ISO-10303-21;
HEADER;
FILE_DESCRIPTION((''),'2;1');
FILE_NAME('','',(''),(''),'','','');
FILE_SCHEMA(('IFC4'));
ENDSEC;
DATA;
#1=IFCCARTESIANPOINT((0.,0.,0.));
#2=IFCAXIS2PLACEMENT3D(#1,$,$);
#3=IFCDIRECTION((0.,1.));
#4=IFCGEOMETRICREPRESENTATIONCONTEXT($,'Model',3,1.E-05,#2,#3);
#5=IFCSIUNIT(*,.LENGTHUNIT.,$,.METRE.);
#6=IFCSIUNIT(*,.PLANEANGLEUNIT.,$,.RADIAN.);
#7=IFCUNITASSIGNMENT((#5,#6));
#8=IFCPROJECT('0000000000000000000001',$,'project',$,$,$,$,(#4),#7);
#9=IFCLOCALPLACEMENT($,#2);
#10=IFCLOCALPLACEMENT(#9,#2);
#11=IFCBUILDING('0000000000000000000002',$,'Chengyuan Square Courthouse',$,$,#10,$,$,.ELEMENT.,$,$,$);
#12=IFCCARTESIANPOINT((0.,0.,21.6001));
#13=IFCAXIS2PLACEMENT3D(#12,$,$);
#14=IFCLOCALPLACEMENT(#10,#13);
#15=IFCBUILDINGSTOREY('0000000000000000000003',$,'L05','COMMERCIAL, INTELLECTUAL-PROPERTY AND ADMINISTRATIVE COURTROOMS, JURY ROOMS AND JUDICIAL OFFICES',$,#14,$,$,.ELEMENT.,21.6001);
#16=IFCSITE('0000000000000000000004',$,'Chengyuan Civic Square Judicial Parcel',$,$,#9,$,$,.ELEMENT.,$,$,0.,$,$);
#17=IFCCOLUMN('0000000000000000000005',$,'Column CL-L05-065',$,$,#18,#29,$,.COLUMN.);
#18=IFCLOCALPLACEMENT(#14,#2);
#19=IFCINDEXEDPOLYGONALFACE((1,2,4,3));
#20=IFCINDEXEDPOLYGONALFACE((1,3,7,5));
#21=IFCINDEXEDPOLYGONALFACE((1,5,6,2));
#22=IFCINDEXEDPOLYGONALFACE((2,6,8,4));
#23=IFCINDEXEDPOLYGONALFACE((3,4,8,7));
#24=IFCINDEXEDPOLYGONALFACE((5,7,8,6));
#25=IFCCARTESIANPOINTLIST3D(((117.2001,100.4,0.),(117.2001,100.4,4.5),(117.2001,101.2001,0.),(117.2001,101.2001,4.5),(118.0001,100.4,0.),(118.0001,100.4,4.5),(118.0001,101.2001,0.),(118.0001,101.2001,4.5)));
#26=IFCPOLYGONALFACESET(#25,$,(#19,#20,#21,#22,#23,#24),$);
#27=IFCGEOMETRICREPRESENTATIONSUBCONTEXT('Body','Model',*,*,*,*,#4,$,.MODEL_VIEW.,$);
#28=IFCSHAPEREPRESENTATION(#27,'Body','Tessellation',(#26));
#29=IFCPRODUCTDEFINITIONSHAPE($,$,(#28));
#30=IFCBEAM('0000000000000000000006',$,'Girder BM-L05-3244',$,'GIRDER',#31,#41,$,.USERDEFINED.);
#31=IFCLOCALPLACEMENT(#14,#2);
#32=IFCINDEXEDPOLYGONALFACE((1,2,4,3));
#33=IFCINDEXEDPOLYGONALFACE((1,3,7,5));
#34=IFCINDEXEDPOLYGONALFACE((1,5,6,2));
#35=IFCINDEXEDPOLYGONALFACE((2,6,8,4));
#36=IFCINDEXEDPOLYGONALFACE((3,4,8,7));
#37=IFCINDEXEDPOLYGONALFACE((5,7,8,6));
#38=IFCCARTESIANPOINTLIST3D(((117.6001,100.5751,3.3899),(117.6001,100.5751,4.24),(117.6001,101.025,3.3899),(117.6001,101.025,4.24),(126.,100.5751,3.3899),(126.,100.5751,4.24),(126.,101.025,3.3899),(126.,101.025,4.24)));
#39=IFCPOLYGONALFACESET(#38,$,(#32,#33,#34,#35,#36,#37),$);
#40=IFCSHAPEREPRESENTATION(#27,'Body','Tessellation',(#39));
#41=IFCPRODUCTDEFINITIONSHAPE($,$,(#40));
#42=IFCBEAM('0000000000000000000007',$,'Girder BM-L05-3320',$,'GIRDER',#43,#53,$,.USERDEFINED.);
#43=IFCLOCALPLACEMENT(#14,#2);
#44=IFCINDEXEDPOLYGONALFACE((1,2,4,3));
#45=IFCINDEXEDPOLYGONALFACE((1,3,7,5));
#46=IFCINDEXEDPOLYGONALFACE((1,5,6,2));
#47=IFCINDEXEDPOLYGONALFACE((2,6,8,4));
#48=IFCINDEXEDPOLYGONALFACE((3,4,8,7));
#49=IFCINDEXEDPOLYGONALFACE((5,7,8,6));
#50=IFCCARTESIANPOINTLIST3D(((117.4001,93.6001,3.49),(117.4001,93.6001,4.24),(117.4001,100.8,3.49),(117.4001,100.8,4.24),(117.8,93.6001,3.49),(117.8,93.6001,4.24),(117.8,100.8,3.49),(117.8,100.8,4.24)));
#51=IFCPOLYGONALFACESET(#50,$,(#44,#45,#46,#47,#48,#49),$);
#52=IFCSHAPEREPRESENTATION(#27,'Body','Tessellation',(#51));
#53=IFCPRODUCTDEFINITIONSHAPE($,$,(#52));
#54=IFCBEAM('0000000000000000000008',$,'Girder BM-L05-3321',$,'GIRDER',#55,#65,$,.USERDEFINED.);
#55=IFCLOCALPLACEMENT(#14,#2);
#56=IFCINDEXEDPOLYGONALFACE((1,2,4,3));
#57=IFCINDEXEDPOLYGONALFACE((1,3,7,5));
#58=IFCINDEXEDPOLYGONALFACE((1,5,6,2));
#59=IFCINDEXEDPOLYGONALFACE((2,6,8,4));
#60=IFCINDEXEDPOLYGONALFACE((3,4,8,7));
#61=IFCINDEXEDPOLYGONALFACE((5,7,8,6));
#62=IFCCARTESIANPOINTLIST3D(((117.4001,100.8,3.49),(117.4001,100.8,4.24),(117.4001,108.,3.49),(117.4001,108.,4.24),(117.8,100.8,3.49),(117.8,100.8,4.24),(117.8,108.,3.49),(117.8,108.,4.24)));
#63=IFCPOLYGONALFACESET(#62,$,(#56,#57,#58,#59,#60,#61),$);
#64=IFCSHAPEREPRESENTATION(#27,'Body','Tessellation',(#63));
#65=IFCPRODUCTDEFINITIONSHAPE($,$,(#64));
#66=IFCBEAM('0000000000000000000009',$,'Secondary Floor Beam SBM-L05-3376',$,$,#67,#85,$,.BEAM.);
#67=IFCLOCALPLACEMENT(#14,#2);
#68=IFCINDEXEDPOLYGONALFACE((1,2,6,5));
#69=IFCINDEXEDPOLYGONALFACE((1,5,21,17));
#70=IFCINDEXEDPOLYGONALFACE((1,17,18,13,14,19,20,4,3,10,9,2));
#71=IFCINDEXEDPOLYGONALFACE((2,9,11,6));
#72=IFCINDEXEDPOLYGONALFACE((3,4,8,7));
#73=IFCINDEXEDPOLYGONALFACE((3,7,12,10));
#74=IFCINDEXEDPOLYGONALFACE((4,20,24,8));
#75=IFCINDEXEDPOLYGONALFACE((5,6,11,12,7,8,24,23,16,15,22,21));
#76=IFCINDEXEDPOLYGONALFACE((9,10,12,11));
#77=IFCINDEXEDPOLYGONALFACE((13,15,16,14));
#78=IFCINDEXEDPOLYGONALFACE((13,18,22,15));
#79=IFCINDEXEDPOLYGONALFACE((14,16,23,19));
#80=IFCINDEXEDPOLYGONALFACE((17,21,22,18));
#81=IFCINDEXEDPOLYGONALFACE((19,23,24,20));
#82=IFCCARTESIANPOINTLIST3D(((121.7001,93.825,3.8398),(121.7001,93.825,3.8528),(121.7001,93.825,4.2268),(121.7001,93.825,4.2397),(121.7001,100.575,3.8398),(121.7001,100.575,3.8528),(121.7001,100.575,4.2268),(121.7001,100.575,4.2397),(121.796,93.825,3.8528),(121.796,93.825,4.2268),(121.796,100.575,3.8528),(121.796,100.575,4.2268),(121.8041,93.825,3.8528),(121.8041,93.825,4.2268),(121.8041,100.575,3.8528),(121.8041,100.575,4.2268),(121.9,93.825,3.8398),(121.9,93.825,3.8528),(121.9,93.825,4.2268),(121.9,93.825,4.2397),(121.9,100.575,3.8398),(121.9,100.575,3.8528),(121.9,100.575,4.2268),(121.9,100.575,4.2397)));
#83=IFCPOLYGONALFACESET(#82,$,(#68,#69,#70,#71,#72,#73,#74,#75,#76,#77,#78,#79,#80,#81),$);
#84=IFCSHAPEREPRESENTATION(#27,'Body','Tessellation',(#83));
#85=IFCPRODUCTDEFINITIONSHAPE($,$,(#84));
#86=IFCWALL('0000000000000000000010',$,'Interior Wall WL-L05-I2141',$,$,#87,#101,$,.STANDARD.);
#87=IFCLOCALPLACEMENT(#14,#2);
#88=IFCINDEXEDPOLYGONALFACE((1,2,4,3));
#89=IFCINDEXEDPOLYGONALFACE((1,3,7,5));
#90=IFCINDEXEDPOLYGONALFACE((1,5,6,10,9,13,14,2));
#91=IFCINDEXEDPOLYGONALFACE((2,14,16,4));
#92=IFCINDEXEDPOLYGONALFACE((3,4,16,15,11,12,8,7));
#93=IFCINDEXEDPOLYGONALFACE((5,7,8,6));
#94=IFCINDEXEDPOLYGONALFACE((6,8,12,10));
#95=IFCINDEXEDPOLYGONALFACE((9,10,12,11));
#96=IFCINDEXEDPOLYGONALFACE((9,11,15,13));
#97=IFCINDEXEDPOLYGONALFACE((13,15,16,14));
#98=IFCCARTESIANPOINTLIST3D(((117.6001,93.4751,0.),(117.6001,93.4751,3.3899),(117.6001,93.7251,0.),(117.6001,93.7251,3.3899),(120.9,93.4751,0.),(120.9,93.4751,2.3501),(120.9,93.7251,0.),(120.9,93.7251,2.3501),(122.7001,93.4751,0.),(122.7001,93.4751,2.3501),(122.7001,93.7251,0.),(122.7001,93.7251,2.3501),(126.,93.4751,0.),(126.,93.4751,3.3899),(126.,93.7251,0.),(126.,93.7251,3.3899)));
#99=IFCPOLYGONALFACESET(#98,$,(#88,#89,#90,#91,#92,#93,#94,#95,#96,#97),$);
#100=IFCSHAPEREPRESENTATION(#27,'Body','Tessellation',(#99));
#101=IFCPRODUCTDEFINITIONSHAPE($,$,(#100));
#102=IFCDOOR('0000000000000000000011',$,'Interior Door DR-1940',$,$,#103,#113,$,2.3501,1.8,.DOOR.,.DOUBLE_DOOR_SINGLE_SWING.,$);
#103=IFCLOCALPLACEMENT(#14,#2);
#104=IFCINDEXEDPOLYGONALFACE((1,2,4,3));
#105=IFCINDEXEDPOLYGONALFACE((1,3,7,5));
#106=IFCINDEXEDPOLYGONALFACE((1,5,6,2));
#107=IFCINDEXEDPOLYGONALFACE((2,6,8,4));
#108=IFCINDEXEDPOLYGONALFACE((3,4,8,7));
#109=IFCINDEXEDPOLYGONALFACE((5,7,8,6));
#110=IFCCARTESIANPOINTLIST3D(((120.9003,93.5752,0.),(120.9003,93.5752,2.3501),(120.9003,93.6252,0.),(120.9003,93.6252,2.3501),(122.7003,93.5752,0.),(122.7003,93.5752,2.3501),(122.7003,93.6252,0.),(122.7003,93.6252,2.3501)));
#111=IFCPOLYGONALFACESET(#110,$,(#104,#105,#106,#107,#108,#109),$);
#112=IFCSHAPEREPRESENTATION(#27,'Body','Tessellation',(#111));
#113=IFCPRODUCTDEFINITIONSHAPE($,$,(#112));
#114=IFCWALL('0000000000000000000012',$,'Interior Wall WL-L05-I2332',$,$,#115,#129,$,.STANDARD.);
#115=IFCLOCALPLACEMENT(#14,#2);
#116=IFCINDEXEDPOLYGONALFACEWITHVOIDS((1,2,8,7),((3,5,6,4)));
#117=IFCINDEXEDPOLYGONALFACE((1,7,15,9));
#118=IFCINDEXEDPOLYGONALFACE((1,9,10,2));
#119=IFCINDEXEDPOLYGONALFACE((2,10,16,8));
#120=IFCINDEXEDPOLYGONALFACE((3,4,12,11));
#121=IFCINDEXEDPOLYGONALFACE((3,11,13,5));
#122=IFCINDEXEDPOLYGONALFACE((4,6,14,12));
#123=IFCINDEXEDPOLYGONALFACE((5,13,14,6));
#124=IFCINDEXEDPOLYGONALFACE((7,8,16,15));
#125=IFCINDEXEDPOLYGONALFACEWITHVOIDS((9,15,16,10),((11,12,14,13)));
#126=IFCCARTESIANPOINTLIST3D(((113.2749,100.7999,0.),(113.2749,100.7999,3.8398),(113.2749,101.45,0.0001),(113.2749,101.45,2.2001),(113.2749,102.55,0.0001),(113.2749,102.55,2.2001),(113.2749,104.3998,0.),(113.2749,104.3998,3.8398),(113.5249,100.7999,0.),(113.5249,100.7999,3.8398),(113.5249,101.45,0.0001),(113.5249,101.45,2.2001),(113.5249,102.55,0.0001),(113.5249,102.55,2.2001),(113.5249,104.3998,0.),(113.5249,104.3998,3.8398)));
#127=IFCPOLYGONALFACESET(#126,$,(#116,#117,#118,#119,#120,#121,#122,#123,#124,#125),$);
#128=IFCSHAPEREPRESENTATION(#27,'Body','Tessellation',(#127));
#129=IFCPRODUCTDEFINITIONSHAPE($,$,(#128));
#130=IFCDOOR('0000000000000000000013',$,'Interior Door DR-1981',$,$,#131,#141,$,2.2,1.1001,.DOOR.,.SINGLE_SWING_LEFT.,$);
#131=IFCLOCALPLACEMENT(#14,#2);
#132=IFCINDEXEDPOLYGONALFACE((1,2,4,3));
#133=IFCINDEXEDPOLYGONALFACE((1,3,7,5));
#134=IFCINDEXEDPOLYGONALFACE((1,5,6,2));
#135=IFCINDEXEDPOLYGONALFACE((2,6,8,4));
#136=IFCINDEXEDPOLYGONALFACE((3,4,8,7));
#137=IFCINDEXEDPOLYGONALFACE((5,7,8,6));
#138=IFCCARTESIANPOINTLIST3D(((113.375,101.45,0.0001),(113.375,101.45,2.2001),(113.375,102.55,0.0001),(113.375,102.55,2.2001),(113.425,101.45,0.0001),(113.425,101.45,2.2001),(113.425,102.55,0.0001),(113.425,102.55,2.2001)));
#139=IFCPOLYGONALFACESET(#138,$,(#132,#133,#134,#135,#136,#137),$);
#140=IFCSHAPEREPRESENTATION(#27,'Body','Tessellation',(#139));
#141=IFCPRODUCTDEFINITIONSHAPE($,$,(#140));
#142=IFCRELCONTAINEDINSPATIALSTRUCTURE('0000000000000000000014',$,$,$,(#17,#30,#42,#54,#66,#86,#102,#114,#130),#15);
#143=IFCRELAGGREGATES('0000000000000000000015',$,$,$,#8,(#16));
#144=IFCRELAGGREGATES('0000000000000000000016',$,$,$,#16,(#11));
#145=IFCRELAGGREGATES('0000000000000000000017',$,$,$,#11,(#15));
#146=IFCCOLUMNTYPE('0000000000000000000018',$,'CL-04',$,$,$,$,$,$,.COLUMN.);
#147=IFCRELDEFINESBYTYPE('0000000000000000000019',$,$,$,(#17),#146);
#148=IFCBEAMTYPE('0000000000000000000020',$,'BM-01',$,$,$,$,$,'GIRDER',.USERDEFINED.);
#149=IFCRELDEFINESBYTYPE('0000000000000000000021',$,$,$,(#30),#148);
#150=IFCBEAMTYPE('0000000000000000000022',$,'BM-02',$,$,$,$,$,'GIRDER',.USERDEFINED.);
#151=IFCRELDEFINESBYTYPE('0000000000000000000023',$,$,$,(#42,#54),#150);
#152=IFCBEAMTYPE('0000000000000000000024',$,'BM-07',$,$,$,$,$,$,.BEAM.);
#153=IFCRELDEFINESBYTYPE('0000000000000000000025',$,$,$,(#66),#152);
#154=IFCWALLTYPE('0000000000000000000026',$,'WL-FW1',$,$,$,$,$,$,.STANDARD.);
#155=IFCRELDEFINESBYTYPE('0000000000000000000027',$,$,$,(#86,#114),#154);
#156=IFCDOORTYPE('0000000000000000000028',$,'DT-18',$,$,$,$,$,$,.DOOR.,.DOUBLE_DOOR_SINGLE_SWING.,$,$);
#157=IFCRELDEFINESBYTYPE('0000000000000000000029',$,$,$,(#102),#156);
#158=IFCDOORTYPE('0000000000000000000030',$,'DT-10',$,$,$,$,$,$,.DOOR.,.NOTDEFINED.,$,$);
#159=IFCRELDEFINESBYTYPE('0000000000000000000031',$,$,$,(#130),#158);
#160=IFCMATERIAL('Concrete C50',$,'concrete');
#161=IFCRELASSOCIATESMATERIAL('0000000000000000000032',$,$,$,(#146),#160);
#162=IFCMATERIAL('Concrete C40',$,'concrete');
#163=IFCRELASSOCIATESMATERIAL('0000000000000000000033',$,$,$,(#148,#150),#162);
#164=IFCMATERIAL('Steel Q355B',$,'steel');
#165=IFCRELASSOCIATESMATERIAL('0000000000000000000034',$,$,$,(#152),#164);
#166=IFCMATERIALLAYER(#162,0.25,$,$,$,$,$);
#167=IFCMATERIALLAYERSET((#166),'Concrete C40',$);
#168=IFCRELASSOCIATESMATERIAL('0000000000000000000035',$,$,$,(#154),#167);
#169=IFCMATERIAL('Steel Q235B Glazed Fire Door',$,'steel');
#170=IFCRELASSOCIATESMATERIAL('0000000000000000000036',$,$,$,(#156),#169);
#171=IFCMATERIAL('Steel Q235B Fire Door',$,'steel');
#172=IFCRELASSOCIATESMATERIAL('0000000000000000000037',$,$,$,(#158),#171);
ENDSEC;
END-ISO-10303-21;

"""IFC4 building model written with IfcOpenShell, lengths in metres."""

from ifc_helpers import new_model, si_unit, direction, frame, frame_2d, origin, origin_2d, place, context, subcontext, project, spatial, rectangle, i_section, extrude, material, layer, layer_set, material_profile, profile_set, type_object, element, fill, save


model = new_model("IFC4")

# Units and contexts
model_context = context("Model", 3, precision=1e-05, world=origin(), true_north=direction((0.0, 1.0)))
body_context = subcontext(model_context, "Body", "Model", "MODEL_VIEW")
ifc_project = project(units=[si_unit("LENGTHUNIT", "METRE"), si_unit("PLANEANGLEUNIT", "RADIAN")], contexts=[model_context])

# Site, building, storey
site_placement = place(None, origin())
site = spatial("IfcSite", under=ifc_project, at=site_placement, Name="Chengyuan Civic Square Judicial Parcel", CompositionType="ELEMENT", RefElevation=0.0)
building_placement = place(site_placement, origin())
building = spatial("IfcBuilding", under=site, at=building_placement, Name="Chengyuan Square Courthouse", CompositionType="ELEMENT")
storey_placement = place(building_placement, frame((0.0, 0.0, 21.6001)))
storey = spatial("IfcBuildingStorey", under=building, at=storey_placement, Name="L05", Description="COMMERCIAL, INTELLECTUAL-PROPERTY AND ADMINISTRATIVE COURTROOMS, JURY ROOMS AND JUDICIAL OFFICES", CompositionType="ELEMENT", Elevation=21.6001)

# Column
ifc_material_1 = material(Name="Concrete C50", Category="concrete")
ifc_material_profile_1 = material_profile(ifc_material_1, rectangle(XDim=0.8, YDim=0.8, at=origin_2d()), Name="RC-COL-800x800")
ifc_profile_set_1 = profile_set([ifc_material_profile_1], Name="Concrete C50")
column_type = type_object("IfcColumnType", Name="CL-04", PredefinedType="COLUMN", material=ifc_profile_set_1)
column_placement = place(storey_placement, frame((117.6001, 100.8, 0.0), z_axis=(0.0, 0.0, 1.0), x_axis=(1.0, 0.0, 0.0)))
element("IfcColumn", 1, at=column_placement, inside=storey, type_object=column_type, Name="Column CL-L05-065", PredefinedType="COLUMN", context=body_context, shape_type="SweptSolid", body=[
    extrude(rectangle(XDim=0.8, YDim=0.8, at=origin_2d()), origin(), (0.0, 0.0, 1.0), 4.5),
])

# Beams
ifc_material_2 = material(Name="Concrete C40", Category="concrete")
ifc_material_profile_2 = material_profile(ifc_material_2, rectangle(XDim=0.45, YDim=0.8501, at=origin_2d()), Name="RC-BM-450x850")
ifc_profile_set_2 = profile_set([ifc_material_profile_2], Name="Concrete C40")
beam_type_1 = type_object("IfcBeamType", Name="BM-01", ElementType="GIRDER", PredefinedType="USERDEFINED", material=ifc_profile_set_2)
beam_1_placement = place(storey_placement, frame((117.6001, 100.8, 3.8149), z_axis=(1.0, 0.0, 0.0), x_axis=(0.0, 1.0, 0.0)))
element("IfcBeam", 2, at=beam_1_placement, inside=storey, type_object=beam_type_1, Name="Girder BM-L05-3244", ObjectType="GIRDER", PredefinedType="USERDEFINED", context=body_context, shape_type="SweptSolid", body=[
    extrude(rectangle(XDim=0.45, YDim=0.8501, at=origin_2d()), origin(), (0.0, 0.0, 1.0), 8.3999),
])
ifc_material_profile_3 = material_profile(ifc_material_2, rectangle(XDim=0.3999, YDim=0.75, at=origin_2d()), Name="RC-BM-400x750")
ifc_profile_set_3 = profile_set([ifc_material_profile_3], Name="Concrete C40")
beam_type_2 = type_object("IfcBeamType", Name="BM-02", ElementType="GIRDER", PredefinedType="USERDEFINED", material=ifc_profile_set_3)
for number, where, z_axis, x_axis, name in (
    (3, (117.6001, 93.6001, 3.865), (0.0, 1.0, 0.0), (-1.0, 0.0, 0.0), "Girder BM-L05-3320"),
    (4, (117.6001, 100.8, 3.865), (0.0, 1.0, 0.0), (-1.0, 0.0, 0.0), "Girder BM-L05-3321"),
):
    element("IfcBeam", number, at=place(storey_placement, frame(where, z_axis=z_axis, x_axis=x_axis)), inside=storey, type_object=beam_type_2, Name=name, ObjectType="GIRDER", PredefinedType="USERDEFINED", context=body_context, shape_type="SweptSolid", body=[
        extrude(rectangle(XDim=0.3999, YDim=0.75, at=origin_2d()), origin(), (0.0, 0.0, 1.0), 7.2),
    ])
ifc_material_3 = material(Name="Steel Q355B", Category="steel")
ifc_material_profile_4 = material_profile(ifc_material_3, i_section(OverallWidth=0.2, OverallDepth=0.3999, WebThickness=0.0081, FlangeThickness=0.0129, at=origin_2d()), Name="HN 400x200x8x13")
ifc_profile_set_4 = profile_set([ifc_material_profile_4], Name="Steel Q355B")
beam_type_3 = type_object("IfcBeamType", Name="BM-07", PredefinedType="BEAM", material=ifc_profile_set_4)
beam_2_placement = place(storey_placement, frame((121.8, 93.825, 4.0398), z_axis=(0.0, 1.0, 0.0), x_axis=(-1.0, 0.0, 0.0)))
element("IfcBeam", 5, at=beam_2_placement, inside=storey, type_object=beam_type_3, Name="Secondary Floor Beam SBM-L05-3376", PredefinedType="BEAM", context=body_context, shape_type="SweptSolid", body=[
    extrude(i_section(OverallWidth=0.2, OverallDepth=0.3999, WebThickness=0.0081, FlangeThickness=0.0129, at=origin_2d()), origin(), (0.0, 0.0, 1.0), 6.75),
])

# Walls, openings, doors
ifc_layer_1 = layer(ifc_material_2, 0.25)
ifc_layer_set_1 = layer_set([ifc_layer_1], Name="Concrete C40")
wall_type_1 = type_object("IfcWallType", Name="WL-FW1", PredefinedType="STANDARD", material=ifc_layer_set_1)
wall_1_placement = place(storey_placement, frame((117.6001, 93.6001, 0.0), z_axis=(0.0, 0.0, 1.0), x_axis=(1.0, 0.0, 0.0)))
wall_1 = element("IfcWall", 6, at=wall_1_placement, inside=storey, type_object=wall_type_1, Name="Interior Wall WL-L05-I2141", PredefinedType="STANDARD", context=body_context, shape_type="SweptSolid", body=[
    extrude(rectangle(XDim=8.3999, YDim=0.25, at=frame_2d((4.2, 0.0))), origin(), (0.0, 0.0, 1.0), 3.3899),
])
opening_1_placement = place(wall_1_placement, frame((3.3, 0.0, 0.0)))
opening_1 = element("IfcOpeningElement", 7, at=opening_1_placement, cuts=wall_1, PredefinedType="OPENING", context=body_context, shape_type="SweptSolid", body=[
    extrude(rectangle(XDim=1.8, YDim=2.3501, at=frame_2d((0.8999, 1.175))), frame((0.0, 0.137, 0.0), z_axis=(0.0, -1.0, 0.0), x_axis=(1.0, 0.0, 0.0)), (0.0, 0.0, 1.0), 0.2739),
])
ifc_material_4 = material(Name="Steel Q235B Glazed Fire Door", Category="steel")
door_type_1 = type_object("IfcDoorType", Name="DT-18", OperationType="DOUBLE_DOOR_SINGLE_SWING", PredefinedType="DOOR", material=ifc_material_4)
door_1_placement = place(opening_1_placement, frame((1.8, 0.0, 0.0), z_axis=(0.0, 0.0, 1.0), x_axis=(-1.0, 0.0, 0.0)))
door_1 = element("IfcDoor", 8, at=door_1_placement, inside=storey, type_object=door_type_1, Name="Interior Door DR-1940", OperationType="DOUBLE_DOOR_SINGLE_SWING", OverallHeight=2.3501, OverallWidth=1.8, PredefinedType="DOOR", context=body_context, shape_type="SweptSolid", body=[
    extrude(rectangle(XDim=1.8, YDim=2.3501, at=frame_2d((0.8999, 1.175))), frame((0.0, 0.0249, 0.0), z_axis=(0.0, -1.0, 0.0), x_axis=(1.0, 0.0, 0.0)), (0.0, 0.0, 1.0), 0.05),
])
fill(opening_1, door_1)
wall_2_placement = place(storey_placement, frame((113.3999, 100.8, 0.0), z_axis=(0.0, 0.0, 1.0), x_axis=(0.0, 1.0, 0.0)))
wall_2 = element("IfcWall", 9, at=wall_2_placement, inside=storey, type_object=wall_type_1, Name="Interior Wall WL-L05-I2332", PredefinedType="STANDARD", context=body_context, shape_type="SweptSolid", body=[
    extrude(rectangle(XDim=3.5999, YDim=0.25, at=frame_2d((1.7998, 0.0))), origin(), (0.0, 0.0, 1.0), 3.8398),
])
opening_2_placement = place(wall_2_placement, frame((0.6499, 0.0, 0.0)))
opening_2 = element("IfcOpeningElement", 10, at=opening_2_placement, cuts=wall_2, PredefinedType="OPENING", context=body_context, shape_type="SweptSolid", body=[
    extrude(rectangle(XDim=1.1001, YDim=2.2, at=frame_2d((0.55, 1.1001))), frame((0.0, 0.137, 0.0), z_axis=(0.0, -1.0, 0.0), x_axis=(1.0, 0.0, 0.0)), (0.0, 0.0, 1.0), 0.2739),
])
ifc_material_5 = material(Name="Steel Q235B Fire Door", Category="steel")
door_type_2 = type_object("IfcDoorType", Name="DT-10", OperationType="NOTDEFINED", PredefinedType="DOOR", material=ifc_material_5)
door_2_placement = place(opening_2_placement, origin())
door_2 = element("IfcDoor", 11, at=door_2_placement, inside=storey, type_object=door_type_2, Name="Interior Door DR-1981", OperationType="SINGLE_SWING_LEFT", OverallHeight=2.2, OverallWidth=1.1001, PredefinedType="DOOR", context=body_context, shape_type="SweptSolid", body=[
    extrude(rectangle(XDim=1.1001, YDim=2.2, at=frame_2d((0.55, 1.1001))), frame((0.0, 0.0249, 0.0), z_axis=(0.0, -1.0, 0.0), x_axis=(1.0, 0.0, 0.0)), (0.0, 0.0, 1.0), 0.05),
])
fill(opening_2, door_2)

save(model, "model.ifc")
